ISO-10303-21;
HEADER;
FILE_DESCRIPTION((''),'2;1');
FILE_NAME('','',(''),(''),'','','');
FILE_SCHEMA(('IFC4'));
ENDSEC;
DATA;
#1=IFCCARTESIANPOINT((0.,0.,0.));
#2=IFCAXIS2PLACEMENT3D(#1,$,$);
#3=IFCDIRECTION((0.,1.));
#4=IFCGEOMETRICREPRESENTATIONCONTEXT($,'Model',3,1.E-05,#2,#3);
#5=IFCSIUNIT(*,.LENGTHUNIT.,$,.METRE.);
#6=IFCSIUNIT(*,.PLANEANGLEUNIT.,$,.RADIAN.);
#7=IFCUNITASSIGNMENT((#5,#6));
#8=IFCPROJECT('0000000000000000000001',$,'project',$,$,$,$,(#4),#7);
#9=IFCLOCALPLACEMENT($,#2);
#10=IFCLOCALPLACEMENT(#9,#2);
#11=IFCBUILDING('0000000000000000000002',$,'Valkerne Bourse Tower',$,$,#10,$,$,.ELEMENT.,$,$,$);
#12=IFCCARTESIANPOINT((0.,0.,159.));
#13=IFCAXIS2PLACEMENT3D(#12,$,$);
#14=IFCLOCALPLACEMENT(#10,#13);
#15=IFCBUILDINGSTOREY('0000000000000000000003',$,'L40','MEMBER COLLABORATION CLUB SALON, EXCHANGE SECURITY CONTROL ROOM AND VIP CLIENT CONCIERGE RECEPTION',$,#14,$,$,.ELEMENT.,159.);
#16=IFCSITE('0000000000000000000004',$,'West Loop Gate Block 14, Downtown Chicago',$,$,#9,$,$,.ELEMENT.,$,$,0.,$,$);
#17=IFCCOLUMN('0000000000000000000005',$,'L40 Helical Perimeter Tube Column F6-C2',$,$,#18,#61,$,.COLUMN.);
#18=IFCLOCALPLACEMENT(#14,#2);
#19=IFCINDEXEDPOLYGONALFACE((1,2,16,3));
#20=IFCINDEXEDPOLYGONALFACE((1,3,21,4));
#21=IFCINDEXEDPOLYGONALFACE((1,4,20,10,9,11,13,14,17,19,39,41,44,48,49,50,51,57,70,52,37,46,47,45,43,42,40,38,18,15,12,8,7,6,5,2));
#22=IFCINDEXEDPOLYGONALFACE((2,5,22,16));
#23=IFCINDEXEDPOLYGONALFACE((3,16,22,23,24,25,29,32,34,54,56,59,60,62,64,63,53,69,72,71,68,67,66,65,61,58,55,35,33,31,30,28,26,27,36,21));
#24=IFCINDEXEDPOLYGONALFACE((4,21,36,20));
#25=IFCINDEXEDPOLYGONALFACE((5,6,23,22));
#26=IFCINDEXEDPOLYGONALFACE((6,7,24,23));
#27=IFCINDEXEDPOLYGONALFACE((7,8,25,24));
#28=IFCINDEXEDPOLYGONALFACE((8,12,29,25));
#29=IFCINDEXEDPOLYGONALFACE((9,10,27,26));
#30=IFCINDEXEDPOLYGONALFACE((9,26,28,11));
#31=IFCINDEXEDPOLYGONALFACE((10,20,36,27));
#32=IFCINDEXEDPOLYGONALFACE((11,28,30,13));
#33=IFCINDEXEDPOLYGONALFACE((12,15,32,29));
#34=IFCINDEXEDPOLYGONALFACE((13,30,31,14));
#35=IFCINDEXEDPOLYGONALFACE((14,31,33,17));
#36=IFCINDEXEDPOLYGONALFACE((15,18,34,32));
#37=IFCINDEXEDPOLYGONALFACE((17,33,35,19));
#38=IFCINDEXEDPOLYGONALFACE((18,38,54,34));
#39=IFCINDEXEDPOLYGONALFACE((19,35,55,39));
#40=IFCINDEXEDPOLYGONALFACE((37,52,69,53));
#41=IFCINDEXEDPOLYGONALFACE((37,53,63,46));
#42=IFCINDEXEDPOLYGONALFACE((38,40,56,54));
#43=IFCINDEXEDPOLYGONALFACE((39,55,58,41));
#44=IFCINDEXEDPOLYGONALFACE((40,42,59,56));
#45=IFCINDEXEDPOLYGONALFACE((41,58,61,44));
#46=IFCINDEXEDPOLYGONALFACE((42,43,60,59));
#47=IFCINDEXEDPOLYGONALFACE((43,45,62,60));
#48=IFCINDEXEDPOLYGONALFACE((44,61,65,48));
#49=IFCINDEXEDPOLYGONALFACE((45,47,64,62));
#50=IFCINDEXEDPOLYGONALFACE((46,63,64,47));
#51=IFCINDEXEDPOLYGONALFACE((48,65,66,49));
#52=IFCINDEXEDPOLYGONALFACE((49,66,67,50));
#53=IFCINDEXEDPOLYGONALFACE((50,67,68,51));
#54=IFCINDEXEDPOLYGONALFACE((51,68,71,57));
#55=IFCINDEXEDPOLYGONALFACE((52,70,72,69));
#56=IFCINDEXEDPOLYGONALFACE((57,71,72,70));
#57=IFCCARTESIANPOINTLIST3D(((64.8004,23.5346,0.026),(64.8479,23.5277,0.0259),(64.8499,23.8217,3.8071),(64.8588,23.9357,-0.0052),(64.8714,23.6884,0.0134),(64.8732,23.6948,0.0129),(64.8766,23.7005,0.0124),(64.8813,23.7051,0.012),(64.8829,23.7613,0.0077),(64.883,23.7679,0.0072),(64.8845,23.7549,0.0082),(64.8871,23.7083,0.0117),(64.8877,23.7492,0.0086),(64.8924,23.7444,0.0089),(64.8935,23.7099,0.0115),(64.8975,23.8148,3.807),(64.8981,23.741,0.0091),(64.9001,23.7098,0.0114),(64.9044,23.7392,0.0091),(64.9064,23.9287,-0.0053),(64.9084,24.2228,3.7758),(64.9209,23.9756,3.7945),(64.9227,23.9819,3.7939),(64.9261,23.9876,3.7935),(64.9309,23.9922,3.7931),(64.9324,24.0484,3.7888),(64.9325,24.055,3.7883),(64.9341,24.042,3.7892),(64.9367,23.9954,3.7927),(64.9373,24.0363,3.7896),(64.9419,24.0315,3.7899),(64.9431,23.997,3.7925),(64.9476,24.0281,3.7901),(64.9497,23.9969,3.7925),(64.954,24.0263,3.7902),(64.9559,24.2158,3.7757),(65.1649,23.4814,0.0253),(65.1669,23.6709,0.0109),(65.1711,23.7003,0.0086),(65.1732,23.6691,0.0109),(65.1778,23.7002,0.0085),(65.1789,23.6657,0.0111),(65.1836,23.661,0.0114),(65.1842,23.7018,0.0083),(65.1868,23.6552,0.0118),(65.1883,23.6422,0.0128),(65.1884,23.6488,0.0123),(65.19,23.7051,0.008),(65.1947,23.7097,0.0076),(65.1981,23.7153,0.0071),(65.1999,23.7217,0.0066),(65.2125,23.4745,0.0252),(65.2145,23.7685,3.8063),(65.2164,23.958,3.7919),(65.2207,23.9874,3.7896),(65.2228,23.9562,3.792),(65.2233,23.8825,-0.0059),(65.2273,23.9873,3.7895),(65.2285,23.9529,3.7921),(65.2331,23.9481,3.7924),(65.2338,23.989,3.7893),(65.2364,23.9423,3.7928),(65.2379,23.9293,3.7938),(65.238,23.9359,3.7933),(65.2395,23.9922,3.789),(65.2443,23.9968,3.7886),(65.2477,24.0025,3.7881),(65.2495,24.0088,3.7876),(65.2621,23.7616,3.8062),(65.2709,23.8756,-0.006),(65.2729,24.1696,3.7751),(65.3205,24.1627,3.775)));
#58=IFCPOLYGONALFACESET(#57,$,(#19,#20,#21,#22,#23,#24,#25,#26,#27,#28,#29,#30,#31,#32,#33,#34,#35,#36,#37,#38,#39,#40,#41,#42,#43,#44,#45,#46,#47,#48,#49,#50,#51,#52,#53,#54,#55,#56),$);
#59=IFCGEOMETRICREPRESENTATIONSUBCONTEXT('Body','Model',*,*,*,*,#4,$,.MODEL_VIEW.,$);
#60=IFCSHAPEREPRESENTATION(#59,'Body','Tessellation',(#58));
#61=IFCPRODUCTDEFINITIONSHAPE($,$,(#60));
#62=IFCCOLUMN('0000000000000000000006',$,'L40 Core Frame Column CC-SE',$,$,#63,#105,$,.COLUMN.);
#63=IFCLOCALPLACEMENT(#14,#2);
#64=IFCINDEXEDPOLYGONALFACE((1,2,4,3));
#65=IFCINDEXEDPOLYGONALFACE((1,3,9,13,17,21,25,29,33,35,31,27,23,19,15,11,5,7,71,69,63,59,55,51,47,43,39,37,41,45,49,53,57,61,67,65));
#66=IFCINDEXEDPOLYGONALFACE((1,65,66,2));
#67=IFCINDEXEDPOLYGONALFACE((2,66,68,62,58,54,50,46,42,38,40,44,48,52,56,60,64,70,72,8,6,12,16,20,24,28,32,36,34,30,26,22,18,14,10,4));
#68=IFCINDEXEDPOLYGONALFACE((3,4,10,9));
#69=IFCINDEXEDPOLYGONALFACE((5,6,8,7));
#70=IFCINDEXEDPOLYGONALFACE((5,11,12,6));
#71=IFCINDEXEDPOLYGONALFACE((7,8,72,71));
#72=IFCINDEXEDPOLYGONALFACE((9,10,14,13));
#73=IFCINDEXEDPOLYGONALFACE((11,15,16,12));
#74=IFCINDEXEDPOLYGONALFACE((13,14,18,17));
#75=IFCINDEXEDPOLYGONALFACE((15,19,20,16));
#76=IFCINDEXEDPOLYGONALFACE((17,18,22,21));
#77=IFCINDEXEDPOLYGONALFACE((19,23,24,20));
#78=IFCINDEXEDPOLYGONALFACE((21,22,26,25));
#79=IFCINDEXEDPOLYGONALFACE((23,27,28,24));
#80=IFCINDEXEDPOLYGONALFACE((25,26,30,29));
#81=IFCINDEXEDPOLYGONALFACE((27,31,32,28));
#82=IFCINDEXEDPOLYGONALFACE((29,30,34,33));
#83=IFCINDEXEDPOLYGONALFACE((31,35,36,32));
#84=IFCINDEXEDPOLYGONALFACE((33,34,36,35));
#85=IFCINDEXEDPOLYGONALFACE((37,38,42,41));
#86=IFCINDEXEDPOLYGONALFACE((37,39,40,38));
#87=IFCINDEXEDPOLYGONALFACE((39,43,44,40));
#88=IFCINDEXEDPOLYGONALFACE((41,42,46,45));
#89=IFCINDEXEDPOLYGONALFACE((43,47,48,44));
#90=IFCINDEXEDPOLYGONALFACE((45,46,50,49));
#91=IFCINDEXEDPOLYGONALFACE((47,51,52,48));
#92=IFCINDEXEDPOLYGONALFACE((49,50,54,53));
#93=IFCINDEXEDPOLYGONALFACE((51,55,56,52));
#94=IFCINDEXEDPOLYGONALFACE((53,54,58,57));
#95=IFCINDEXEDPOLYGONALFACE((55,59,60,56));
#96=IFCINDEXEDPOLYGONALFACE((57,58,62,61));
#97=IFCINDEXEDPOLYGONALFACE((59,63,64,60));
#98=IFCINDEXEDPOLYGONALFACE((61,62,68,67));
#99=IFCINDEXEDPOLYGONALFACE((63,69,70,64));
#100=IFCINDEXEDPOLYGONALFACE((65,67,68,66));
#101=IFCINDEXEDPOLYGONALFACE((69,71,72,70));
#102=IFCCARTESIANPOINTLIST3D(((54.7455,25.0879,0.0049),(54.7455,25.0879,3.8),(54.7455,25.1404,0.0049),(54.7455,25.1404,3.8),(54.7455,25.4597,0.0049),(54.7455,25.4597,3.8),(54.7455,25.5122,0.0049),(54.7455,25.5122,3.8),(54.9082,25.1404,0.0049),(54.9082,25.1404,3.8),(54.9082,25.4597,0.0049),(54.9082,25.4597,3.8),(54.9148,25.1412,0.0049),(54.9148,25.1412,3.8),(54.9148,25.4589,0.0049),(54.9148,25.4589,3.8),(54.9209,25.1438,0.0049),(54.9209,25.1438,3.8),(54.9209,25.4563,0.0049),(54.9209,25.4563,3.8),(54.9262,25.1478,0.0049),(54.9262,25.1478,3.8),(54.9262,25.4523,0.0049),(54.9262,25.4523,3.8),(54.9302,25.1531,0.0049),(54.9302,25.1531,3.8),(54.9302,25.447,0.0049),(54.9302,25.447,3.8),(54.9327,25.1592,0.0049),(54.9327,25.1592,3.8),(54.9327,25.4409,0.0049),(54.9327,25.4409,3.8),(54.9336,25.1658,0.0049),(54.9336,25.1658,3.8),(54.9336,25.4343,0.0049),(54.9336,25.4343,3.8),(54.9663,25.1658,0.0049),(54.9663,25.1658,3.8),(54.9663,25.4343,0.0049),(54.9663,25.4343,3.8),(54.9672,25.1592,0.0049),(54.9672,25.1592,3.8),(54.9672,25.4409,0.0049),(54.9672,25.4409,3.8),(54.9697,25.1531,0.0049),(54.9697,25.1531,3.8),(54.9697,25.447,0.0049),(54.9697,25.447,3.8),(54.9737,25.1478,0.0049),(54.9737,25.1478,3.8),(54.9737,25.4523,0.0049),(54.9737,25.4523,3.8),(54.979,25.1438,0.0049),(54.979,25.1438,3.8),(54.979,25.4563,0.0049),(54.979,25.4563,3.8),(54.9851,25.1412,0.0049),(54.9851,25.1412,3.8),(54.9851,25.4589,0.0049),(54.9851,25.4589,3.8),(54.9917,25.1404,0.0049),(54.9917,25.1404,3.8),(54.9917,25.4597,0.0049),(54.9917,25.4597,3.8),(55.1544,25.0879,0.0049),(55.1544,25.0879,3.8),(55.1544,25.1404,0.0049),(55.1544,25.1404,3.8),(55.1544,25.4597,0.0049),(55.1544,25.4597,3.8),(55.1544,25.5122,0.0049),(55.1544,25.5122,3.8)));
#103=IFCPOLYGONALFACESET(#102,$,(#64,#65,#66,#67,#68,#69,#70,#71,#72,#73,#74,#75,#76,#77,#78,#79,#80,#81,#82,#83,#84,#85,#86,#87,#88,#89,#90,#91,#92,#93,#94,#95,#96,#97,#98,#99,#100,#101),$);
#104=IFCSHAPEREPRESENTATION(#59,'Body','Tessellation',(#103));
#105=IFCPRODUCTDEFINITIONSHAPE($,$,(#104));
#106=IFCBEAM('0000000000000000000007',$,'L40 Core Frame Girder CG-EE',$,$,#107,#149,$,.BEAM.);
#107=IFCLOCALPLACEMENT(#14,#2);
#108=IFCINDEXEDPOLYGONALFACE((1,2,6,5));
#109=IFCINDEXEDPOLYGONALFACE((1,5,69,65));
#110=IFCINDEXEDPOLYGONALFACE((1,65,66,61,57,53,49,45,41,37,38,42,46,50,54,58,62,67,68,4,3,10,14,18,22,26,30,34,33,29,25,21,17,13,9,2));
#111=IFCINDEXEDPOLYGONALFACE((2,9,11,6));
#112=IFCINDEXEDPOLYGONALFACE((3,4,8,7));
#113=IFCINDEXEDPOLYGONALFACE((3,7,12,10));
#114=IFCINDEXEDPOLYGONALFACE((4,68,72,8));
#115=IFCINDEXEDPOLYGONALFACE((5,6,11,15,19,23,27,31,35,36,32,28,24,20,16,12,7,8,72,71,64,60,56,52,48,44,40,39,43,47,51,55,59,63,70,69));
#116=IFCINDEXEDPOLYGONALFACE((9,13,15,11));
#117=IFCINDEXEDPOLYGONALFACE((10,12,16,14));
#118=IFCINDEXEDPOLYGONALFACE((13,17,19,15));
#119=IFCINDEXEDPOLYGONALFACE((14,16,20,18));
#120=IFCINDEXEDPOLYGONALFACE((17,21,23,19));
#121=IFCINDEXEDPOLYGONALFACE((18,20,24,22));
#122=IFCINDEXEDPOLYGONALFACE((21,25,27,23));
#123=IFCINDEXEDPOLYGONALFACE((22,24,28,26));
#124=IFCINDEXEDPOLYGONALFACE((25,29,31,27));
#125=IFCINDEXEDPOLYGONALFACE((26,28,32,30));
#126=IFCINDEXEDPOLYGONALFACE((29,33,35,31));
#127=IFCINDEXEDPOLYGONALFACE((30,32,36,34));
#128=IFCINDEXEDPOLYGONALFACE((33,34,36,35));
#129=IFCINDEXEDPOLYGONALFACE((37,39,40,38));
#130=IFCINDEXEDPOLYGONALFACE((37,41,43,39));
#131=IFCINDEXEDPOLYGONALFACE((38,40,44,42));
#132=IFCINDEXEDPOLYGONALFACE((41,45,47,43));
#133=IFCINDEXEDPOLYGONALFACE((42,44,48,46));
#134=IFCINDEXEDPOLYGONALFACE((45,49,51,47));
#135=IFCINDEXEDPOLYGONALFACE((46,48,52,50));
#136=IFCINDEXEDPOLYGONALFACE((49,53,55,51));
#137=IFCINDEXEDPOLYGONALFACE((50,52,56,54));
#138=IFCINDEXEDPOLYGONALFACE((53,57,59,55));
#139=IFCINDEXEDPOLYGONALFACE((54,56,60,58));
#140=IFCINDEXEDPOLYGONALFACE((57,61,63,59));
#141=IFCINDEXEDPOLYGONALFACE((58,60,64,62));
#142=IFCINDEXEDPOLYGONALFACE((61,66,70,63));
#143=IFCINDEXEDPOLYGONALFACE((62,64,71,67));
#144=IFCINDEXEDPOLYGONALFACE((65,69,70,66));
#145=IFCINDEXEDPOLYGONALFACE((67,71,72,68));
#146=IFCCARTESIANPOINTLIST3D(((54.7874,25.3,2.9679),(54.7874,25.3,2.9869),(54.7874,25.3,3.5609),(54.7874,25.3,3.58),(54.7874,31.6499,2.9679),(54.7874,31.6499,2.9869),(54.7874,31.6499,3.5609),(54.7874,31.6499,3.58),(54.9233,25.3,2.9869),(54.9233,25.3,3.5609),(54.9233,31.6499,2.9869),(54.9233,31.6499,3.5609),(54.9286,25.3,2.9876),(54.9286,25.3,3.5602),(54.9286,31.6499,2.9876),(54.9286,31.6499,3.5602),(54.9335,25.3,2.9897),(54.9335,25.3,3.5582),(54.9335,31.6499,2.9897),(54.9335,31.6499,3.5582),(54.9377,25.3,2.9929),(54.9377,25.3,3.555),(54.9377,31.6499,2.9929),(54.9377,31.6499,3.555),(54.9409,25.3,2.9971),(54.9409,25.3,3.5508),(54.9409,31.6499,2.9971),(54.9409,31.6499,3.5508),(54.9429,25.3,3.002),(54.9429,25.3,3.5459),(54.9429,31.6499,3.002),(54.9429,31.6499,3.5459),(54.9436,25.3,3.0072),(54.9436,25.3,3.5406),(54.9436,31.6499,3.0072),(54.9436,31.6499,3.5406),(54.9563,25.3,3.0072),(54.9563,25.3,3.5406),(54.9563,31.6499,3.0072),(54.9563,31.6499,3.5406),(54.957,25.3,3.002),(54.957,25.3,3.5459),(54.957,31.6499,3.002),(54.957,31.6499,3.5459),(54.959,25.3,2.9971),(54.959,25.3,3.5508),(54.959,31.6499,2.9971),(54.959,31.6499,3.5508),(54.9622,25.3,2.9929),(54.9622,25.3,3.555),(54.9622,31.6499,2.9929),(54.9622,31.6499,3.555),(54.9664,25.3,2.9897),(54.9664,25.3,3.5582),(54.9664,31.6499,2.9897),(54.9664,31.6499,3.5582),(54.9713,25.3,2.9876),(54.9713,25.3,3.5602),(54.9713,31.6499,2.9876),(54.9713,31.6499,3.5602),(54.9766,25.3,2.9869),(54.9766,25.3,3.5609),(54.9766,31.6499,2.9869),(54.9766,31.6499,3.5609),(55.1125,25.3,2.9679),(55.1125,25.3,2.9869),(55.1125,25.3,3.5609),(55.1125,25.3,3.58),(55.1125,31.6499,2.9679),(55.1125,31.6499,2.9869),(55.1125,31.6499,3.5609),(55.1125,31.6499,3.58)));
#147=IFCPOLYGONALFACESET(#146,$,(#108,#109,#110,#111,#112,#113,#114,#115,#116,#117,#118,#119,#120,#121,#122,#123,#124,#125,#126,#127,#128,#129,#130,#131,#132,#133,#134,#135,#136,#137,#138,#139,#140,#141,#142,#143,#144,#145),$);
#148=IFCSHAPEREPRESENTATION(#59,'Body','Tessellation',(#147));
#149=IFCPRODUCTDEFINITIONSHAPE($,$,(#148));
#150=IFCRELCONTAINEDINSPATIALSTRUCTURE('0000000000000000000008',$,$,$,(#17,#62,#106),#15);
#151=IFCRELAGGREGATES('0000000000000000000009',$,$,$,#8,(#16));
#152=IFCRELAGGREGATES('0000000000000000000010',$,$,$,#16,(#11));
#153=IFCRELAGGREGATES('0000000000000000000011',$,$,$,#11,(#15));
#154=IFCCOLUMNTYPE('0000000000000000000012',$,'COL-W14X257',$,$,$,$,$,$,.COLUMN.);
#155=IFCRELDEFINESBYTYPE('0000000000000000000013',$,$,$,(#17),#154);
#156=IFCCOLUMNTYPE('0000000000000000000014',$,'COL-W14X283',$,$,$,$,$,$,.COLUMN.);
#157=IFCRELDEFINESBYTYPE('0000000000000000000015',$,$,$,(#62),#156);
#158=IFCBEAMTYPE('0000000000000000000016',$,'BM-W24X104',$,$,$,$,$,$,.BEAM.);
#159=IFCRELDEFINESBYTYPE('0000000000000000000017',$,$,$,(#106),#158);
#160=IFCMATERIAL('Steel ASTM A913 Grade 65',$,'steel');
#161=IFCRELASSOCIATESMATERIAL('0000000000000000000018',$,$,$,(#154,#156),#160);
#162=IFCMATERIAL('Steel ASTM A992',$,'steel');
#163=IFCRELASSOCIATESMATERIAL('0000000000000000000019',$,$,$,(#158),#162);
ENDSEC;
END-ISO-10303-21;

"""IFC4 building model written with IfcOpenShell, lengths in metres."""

from ifc_helpers import new_model, si_unit, direction, frame, origin, origin_2d, place, context, subcontext, project, spatial, i_section, extrude, material, material_profile, profile_set, type_object, element, save


model = new_model("IFC4")

# Units and contexts
model_context = context("Model", 3, precision=1e-05, world=origin(), true_north=direction((0.0, 1.0)))
body_context = subcontext(model_context, "Body", "Model", "MODEL_VIEW")
ifc_project = project(units=[si_unit("LENGTHUNIT", "METRE"), si_unit("PLANEANGLEUNIT", "RADIAN")], contexts=[model_context])

# Site, building, storey
site_placement = place(None, origin())
site = spatial("IfcSite", under=ifc_project, at=site_placement, Name="West Loop Gate Block 14, Downtown Chicago", CompositionType="ELEMENT", RefElevation=0.0)
building_placement = place(site_placement, origin())
building = spatial("IfcBuilding", under=site, at=building_placement, Name="Valkerne Bourse Tower", CompositionType="ELEMENT")
storey_placement = place(building_placement, frame((0.0, 0.0, 159.0)))
storey = spatial("IfcBuildingStorey", under=building, at=storey_placement, Name="L40", Description="MEMBER COLLABORATION CLUB SALON, EXCHANGE SECURITY CONTROL ROOM AND VIP CLIENT CONCIERGE RECEPTION", CompositionType="ELEMENT", Elevation=159.0)

# Columns
ifc_material_1 = material(Name="Steel ASTM A913 Grade 65", Category="steel")
ifc_material_profile_1 = material_profile(ifc_material_1, i_section(OverallWidth=0.4065, OverallDepth=0.4165, WebThickness=0.0298, FlangeThickness=0.0481, FilletRadius=0.0254, at=origin_2d()), Name="W14X257")
ifc_profile_set_1 = profile_set([ifc_material_profile_1], Name="Steel ASTM A913 Grade 65")
column_type_1 = type_object("IfcColumnType", Name="COL-W14X257", PredefinedType="COLUMN", material=ifc_profile_set_1)
column_1_placement = place(storey_placement, frame((65.0356, 23.7051, 0.01), z_axis=(0.013069, 0.07571, 0.997044), x_axis=(-0.143747, -0.98663, 0.076804)))
element("IfcColumn", 1, at=column_1_placement, inside=storey, type_object=column_type_1, Name="L40 Helical Perimeter Tube Column F6-C2", PredefinedType="COLUMN", context=body_context, shape_type="SweptSolid", body=[
    extrude(i_section(OverallWidth=0.4065, OverallDepth=0.4165, WebThickness=0.0298, FlangeThickness=0.0481, FilletRadius=0.0254, at=origin_2d()), origin(), (0.0, 0.0, 1.0), 3.7922),
])
ifc_material_profile_2 = material_profile(ifc_material_1, i_section(OverallWidth=0.4089, OverallDepth=0.4243, WebThickness=0.0327, FlangeThickness=0.0525, FilletRadius=0.0254, at=origin_2d()), Name="W14X283")
ifc_profile_set_2 = profile_set([ifc_material_profile_2], Name="Steel ASTM A913 Grade 65")
column_type_2 = type_object("IfcColumnType", Name="COL-W14X283", PredefinedType="COLUMN", material=ifc_profile_set_2)
column_2_placement = place(storey_placement, frame((54.95, 25.3, 0.0049), z_axis=(0.0, 0.0, 1.0), x_axis=(1.0, 0.0, 0.0)))
element("IfcColumn", 2, at=column_2_placement, inside=storey, type_object=column_type_2, Name="L40 Core Frame Column CC-SE", PredefinedType="COLUMN", context=body_context, shape_type="SweptSolid", body=[
    extrude(i_section(OverallWidth=0.4089, OverallDepth=0.4243, WebThickness=0.0327, FlangeThickness=0.0525, FilletRadius=0.0254, at=origin_2d()), origin(), (0.0, 0.0, 1.0), 3.7952),
])

# Beam
ifc_material_2 = material(Name="Steel ASTM A992", Category="steel")
ifc_material_profile_3 = material_profile(ifc_material_2, i_section(OverallWidth=0.3252, OverallDepth=0.6121, WebThickness=0.0127, FlangeThickness=0.019, FilletRadius=0.0203, at=origin_2d()), Name="W24X104")
ifc_profile_set_3 = profile_set([ifc_material_profile_3], Name="Steel ASTM A992")
beam_type_1 = type_object("IfcBeamType", Name="BM-W24X104", PredefinedType="BEAM", material=ifc_profile_set_3)
beam_1_placement = place(storey_placement, frame((54.95, 25.3, 3.2739), z_axis=(0.0, 1.0, 0.0), x_axis=(-1.0, 0.0, 0.0)))
element("IfcBeam", 3, at=beam_1_placement, inside=storey, type_object=beam_type_1, Name="L40 Core Frame Girder CG-EE", PredefinedType="BEAM", context=body_context, shape_type="SweptSolid", body=[
    extrude(i_section(OverallWidth=0.3252, OverallDepth=0.6121, WebThickness=0.0127, FlangeThickness=0.019, FilletRadius=0.0203, at=origin_2d()), origin(), (0.0, 0.0, 1.0), 6.3499),
])

save(model, "model.ifc")
